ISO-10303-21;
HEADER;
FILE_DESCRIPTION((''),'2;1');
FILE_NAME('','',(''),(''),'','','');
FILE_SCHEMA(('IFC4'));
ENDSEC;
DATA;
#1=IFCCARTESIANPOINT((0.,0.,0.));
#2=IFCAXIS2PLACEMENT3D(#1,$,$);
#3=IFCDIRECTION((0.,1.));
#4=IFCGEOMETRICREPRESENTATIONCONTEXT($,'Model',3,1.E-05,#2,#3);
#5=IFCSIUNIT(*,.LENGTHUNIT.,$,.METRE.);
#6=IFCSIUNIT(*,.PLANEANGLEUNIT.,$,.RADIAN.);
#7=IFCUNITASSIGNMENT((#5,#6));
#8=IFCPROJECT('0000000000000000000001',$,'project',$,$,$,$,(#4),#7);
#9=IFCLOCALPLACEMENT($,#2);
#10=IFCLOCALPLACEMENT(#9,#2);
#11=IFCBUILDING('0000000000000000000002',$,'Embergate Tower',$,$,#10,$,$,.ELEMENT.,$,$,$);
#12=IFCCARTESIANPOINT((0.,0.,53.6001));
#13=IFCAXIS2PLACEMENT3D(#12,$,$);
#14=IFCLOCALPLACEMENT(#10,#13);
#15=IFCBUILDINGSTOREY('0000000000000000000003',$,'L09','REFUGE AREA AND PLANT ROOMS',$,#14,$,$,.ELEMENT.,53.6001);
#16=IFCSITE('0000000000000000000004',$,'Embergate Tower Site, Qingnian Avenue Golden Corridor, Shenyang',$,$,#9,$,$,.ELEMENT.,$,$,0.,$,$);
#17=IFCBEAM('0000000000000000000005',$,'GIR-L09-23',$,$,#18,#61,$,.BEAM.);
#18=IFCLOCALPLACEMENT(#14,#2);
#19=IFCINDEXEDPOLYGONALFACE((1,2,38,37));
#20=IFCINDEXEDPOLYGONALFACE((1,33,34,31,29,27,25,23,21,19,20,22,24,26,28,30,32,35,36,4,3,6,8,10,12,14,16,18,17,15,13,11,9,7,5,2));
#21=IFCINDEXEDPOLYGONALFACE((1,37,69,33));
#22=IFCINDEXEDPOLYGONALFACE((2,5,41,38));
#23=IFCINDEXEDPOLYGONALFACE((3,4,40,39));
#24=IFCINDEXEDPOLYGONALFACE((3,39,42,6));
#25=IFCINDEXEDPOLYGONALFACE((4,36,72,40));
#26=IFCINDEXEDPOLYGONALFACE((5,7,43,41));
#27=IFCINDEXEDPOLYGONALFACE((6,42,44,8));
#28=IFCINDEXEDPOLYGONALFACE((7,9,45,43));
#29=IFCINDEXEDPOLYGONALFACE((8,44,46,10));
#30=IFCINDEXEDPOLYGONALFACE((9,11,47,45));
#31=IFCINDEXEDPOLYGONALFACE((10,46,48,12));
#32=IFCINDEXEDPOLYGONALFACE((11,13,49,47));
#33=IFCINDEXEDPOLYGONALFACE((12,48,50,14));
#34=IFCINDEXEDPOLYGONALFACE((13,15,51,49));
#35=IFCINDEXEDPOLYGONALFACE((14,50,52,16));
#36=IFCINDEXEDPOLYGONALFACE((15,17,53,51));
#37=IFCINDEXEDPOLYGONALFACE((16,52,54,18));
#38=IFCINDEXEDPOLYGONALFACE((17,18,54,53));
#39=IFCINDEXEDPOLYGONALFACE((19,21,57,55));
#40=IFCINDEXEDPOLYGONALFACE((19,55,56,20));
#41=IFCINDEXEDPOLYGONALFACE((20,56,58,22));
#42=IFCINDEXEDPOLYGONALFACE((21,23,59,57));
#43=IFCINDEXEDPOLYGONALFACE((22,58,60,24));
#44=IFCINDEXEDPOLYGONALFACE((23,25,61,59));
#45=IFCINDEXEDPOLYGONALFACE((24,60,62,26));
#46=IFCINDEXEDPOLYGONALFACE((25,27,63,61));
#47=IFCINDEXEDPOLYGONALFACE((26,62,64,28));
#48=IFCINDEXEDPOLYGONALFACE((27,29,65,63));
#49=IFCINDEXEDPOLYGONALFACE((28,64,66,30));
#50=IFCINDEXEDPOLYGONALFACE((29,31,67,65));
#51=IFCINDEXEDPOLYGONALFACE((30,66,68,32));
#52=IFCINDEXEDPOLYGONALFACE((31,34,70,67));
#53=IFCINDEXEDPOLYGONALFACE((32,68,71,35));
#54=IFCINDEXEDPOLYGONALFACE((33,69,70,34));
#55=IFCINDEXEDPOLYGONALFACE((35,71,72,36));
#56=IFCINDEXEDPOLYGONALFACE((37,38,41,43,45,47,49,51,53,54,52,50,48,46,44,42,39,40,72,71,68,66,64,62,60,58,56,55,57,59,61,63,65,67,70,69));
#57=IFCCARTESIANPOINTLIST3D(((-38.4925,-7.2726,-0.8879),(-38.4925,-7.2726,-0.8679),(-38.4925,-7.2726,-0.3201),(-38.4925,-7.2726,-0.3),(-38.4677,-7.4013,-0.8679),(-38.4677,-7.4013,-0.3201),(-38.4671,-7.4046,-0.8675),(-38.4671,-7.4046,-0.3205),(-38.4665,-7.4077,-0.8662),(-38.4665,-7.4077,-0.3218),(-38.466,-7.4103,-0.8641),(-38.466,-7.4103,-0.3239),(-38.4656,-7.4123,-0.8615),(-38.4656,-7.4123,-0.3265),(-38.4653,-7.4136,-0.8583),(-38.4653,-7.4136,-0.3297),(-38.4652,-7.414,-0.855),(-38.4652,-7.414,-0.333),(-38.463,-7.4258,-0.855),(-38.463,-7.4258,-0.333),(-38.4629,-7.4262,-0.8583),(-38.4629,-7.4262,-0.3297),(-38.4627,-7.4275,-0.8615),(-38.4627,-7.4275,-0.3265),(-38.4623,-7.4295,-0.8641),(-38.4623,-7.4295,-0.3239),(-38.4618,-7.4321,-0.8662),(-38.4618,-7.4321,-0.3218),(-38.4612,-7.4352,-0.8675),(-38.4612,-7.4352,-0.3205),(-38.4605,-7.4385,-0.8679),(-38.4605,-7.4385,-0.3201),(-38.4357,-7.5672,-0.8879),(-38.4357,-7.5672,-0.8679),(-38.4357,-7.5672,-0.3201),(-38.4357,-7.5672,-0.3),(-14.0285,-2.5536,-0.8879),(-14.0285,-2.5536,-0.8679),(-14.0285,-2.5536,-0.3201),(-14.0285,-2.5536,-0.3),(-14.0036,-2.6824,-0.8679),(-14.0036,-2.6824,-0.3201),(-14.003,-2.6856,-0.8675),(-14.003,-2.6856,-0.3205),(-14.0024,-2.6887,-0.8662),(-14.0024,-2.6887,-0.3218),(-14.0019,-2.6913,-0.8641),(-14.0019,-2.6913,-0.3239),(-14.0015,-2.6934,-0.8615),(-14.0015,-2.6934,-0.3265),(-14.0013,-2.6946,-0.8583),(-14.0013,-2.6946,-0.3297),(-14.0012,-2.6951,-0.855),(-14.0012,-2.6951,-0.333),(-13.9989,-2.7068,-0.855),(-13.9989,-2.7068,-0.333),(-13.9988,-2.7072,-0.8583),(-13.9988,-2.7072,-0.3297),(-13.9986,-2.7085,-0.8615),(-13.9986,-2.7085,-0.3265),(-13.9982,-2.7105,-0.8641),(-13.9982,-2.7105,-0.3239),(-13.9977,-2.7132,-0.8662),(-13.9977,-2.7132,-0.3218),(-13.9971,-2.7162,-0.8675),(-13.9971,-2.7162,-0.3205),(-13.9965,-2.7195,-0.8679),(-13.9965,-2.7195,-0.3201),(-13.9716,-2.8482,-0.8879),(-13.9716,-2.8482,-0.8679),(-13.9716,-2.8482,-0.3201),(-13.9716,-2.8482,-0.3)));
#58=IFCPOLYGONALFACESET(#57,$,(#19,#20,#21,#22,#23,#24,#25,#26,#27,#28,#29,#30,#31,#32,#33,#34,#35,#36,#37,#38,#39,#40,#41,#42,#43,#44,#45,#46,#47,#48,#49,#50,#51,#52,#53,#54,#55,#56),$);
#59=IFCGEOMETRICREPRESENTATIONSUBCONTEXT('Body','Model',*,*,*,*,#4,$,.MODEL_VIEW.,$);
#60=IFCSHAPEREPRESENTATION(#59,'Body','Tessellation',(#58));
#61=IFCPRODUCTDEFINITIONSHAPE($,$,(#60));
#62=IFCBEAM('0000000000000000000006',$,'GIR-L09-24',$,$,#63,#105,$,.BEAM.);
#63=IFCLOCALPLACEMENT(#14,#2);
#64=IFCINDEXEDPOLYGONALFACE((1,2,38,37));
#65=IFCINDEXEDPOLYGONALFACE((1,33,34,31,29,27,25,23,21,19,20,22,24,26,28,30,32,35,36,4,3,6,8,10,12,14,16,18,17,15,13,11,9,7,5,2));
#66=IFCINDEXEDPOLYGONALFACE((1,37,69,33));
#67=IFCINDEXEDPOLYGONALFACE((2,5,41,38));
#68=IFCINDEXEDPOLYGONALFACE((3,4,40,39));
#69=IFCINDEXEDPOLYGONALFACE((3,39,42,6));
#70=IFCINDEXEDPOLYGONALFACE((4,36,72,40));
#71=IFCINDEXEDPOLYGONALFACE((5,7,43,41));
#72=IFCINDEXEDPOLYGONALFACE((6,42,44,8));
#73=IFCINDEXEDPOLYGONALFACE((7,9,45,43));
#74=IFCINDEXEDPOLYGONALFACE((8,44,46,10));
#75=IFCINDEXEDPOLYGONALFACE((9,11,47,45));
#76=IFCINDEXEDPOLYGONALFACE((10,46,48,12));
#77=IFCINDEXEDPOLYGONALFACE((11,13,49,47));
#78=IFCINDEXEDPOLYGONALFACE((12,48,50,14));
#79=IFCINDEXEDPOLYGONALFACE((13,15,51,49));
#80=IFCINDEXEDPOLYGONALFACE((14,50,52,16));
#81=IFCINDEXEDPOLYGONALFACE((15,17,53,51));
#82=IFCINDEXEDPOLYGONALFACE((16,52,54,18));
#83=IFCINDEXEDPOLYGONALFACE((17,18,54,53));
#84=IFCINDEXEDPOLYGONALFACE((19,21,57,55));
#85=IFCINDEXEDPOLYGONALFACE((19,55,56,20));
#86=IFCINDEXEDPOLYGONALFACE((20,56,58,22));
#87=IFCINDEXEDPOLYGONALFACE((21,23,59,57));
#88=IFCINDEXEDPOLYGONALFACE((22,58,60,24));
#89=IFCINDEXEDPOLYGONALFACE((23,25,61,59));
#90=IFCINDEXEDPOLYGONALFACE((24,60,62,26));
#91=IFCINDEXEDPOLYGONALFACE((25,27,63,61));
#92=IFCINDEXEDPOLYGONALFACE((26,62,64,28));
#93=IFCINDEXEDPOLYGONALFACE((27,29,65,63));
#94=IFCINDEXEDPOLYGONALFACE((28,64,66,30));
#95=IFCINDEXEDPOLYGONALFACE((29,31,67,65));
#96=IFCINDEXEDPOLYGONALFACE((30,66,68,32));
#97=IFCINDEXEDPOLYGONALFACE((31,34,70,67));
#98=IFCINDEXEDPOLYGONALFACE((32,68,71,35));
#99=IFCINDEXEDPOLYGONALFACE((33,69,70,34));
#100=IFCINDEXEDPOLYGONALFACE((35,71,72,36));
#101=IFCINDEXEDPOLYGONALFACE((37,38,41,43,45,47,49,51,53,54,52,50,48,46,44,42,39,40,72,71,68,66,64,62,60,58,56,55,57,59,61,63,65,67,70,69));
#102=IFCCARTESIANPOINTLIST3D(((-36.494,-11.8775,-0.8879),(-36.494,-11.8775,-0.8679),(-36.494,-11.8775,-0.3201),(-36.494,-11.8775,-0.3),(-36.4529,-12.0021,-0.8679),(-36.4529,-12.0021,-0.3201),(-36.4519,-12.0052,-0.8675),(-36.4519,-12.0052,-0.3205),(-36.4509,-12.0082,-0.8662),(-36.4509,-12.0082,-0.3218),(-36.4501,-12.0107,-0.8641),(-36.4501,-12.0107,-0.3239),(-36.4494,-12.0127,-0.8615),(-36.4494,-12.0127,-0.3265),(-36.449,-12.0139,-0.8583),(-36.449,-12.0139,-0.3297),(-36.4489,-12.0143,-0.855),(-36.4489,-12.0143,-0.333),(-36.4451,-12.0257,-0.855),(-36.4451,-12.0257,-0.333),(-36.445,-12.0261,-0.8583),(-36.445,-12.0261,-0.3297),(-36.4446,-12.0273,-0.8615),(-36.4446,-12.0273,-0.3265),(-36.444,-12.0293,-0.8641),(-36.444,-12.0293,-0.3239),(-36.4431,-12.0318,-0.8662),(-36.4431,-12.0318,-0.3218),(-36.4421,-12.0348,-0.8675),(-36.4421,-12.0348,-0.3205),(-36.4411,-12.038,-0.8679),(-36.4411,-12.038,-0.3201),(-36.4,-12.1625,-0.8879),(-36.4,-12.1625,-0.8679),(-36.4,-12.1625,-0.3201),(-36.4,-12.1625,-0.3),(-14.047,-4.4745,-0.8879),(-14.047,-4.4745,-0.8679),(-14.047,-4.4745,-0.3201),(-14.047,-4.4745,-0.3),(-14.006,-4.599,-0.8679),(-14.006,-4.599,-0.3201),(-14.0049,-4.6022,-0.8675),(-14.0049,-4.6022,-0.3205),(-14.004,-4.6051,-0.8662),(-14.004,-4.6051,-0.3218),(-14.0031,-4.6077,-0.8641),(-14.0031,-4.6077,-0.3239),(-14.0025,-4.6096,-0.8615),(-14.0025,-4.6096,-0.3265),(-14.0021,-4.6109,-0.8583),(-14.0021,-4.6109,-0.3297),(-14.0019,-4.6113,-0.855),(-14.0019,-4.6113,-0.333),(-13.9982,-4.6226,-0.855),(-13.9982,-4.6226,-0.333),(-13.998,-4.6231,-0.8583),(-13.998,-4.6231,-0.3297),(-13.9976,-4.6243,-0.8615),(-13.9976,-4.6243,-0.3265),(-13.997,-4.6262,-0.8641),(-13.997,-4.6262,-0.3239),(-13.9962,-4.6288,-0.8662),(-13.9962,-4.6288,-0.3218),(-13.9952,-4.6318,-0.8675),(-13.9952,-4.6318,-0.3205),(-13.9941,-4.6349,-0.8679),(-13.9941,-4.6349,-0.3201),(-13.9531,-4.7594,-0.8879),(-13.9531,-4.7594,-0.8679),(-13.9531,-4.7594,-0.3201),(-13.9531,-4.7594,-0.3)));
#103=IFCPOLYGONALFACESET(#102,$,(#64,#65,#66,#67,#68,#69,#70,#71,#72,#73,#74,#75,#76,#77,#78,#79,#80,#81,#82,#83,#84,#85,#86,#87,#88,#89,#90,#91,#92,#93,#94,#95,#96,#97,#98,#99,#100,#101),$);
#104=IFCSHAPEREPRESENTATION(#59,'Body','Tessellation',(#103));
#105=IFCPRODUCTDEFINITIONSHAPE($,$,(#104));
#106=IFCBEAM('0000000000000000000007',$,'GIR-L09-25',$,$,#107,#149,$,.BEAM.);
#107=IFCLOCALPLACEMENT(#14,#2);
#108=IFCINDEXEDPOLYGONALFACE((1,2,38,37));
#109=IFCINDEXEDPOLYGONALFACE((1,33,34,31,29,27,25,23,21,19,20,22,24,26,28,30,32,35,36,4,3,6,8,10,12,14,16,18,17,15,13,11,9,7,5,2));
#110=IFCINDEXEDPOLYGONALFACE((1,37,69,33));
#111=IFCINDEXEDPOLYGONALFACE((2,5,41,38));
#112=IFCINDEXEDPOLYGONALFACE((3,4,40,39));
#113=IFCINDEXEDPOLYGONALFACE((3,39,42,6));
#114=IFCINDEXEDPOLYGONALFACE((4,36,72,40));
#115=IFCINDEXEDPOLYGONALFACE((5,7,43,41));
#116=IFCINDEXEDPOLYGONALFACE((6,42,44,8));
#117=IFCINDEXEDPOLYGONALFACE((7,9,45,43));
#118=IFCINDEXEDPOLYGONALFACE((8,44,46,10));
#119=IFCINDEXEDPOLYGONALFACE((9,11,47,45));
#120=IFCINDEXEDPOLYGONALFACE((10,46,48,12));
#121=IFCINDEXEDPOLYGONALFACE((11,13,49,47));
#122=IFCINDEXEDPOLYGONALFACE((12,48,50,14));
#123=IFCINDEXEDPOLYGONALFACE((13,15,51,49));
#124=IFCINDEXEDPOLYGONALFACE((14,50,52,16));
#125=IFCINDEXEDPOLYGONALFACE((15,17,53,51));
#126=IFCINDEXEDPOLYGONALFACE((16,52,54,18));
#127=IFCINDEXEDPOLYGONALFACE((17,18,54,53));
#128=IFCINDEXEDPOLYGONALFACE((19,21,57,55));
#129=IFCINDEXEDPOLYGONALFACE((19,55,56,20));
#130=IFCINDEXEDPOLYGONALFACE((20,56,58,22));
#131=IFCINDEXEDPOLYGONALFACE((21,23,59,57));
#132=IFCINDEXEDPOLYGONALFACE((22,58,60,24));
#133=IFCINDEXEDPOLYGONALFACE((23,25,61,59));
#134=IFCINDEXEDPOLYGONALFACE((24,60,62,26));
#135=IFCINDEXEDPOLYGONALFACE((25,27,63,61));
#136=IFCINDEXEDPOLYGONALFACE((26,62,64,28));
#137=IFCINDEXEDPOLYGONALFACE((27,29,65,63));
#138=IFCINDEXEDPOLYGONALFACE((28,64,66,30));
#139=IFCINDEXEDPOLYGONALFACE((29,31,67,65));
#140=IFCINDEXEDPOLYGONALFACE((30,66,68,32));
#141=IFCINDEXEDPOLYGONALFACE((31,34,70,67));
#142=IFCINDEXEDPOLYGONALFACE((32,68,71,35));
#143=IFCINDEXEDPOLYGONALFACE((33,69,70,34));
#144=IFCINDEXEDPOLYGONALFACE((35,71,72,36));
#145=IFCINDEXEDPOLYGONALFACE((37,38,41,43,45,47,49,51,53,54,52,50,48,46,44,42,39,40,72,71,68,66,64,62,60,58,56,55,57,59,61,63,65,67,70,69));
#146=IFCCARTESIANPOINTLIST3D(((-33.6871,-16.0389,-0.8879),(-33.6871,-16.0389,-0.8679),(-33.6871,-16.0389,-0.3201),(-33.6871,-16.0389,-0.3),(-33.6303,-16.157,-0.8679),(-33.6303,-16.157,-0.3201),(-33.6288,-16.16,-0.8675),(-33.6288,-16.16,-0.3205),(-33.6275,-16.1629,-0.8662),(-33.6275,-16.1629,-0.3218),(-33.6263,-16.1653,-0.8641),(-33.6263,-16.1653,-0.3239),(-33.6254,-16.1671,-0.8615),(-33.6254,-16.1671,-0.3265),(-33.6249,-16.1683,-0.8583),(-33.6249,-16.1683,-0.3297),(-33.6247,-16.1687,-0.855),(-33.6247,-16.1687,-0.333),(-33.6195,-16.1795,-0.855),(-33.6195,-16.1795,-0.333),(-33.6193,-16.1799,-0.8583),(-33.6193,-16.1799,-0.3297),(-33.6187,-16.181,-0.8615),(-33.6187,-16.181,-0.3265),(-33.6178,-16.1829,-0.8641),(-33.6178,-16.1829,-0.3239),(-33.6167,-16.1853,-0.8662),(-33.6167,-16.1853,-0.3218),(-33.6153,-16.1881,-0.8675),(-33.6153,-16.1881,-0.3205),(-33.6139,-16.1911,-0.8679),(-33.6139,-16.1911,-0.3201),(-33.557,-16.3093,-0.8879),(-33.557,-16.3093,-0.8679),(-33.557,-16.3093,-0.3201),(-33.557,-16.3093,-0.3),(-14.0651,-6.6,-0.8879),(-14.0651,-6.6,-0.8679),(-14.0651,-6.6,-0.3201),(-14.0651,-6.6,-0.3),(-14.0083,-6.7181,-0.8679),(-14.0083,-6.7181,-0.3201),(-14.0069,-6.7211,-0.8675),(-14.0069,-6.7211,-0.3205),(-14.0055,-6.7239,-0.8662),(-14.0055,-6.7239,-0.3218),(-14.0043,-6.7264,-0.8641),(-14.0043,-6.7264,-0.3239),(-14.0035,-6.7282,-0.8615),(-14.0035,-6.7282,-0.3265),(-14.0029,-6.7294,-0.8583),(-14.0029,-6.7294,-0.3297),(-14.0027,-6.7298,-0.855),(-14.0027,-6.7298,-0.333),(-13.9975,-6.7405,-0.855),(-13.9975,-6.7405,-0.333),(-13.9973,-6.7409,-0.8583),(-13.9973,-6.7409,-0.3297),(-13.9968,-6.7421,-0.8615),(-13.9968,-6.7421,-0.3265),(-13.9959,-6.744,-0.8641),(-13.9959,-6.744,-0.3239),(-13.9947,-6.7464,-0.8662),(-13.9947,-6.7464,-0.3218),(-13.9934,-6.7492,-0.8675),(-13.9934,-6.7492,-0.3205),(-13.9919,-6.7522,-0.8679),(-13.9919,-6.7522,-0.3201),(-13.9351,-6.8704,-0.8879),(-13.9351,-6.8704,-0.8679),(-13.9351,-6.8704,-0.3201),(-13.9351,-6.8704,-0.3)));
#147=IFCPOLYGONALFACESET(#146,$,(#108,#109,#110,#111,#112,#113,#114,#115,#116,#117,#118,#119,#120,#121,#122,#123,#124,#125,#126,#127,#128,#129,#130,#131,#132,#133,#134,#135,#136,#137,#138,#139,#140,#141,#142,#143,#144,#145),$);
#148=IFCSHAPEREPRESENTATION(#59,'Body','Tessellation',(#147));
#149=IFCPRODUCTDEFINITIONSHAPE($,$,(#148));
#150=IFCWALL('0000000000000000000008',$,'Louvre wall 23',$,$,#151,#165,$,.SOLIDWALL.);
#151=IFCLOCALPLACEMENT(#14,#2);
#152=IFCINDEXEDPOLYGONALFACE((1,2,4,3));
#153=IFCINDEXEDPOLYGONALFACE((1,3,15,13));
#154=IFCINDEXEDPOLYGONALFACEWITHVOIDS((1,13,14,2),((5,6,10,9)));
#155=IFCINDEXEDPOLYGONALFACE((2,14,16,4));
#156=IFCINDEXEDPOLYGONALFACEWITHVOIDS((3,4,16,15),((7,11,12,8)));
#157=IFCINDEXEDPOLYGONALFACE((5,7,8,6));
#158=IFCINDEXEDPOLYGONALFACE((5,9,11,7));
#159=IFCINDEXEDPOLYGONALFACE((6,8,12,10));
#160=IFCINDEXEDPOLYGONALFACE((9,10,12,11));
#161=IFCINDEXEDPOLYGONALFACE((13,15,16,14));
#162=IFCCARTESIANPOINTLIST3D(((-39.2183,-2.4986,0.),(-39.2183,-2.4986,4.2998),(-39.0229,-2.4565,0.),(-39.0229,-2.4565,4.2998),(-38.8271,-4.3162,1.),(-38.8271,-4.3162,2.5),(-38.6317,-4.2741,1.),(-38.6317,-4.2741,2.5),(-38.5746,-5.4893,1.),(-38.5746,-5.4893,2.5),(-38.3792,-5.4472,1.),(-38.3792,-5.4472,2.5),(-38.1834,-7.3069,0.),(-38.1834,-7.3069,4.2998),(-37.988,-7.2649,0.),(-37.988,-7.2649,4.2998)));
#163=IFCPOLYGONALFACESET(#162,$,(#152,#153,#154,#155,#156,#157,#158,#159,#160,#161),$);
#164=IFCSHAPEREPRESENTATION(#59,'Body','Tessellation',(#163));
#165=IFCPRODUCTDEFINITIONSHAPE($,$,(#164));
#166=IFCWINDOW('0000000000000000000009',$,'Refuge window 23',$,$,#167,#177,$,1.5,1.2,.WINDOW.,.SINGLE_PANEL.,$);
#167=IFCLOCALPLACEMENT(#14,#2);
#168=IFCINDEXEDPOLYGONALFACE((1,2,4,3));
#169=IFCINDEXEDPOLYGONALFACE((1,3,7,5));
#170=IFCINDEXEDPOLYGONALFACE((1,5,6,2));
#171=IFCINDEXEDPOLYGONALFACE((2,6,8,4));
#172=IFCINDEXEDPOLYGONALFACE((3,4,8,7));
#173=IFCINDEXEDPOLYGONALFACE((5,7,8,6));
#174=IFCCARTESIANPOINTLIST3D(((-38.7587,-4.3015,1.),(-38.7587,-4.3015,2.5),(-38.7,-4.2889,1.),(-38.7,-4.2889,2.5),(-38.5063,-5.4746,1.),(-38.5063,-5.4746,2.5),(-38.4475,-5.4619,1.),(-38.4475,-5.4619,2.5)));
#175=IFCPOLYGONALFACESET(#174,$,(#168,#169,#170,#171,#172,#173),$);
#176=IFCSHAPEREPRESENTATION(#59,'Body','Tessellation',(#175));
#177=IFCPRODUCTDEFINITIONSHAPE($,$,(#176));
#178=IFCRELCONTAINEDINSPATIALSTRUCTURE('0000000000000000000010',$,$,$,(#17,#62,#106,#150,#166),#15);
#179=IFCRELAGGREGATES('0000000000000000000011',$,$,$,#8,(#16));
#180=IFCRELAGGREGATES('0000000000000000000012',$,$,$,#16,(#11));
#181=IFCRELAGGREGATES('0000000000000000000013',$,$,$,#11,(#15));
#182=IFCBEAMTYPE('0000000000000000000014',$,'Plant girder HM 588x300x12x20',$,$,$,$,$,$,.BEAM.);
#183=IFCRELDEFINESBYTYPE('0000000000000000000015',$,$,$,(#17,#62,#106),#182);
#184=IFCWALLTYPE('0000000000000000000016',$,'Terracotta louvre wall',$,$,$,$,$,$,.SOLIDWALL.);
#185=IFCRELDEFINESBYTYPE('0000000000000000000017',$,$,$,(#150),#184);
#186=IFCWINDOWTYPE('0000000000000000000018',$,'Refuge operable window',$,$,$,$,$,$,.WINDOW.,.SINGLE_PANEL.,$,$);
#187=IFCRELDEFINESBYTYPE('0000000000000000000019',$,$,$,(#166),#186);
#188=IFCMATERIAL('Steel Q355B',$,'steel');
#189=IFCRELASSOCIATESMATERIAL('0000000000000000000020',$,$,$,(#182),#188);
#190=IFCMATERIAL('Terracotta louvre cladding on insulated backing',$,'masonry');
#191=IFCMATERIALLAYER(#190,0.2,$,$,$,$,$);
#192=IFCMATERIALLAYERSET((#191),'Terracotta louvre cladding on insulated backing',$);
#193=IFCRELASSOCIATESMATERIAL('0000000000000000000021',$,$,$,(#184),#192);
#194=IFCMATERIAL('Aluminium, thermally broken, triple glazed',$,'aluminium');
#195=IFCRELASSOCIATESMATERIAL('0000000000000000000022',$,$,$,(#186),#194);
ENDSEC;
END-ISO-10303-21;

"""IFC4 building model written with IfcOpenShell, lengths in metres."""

from ifc_helpers import new_model, si_unit, direction, frame, frame_2d, origin, origin_2d, place, context, subcontext, project, spatial, rectangle, i_section, extrude, source, transform, mapped, material, layer, layer_set, material_profile, profile_set, type_object, element, fill, save


model = new_model("IFC4")

# Units and contexts
model_context = context("Model", 3, precision=1e-05, world=origin(), true_north=direction((0.0, 1.0)))
body_context = subcontext(model_context, "Body", "Model", "MODEL_VIEW")
ifc_project = project(units=[si_unit("LENGTHUNIT", "METRE"), si_unit("PLANEANGLEUNIT", "RADIAN")], contexts=[model_context])

# Site, building, storey
site_placement = place(None, origin())
site = spatial("IfcSite", under=ifc_project, at=site_placement, Name="Embergate Tower Site, Qingnian Avenue Golden Corridor, Shenyang", CompositionType="ELEMENT", RefElevation=0.0)
building_placement = place(site_placement, origin())
building = spatial("IfcBuilding", under=site, at=building_placement, Name="Embergate Tower", CompositionType="ELEMENT")
storey_placement = place(building_placement, frame((0.0, 0.0, 53.6001)))
storey = spatial("IfcBuildingStorey", under=building, at=storey_placement, Name="L09", Description="REFUGE AREA AND PLANT ROOMS", CompositionType="ELEMENT", Elevation=53.6001)

# Beams
ifc_material_1 = material(Name="Steel Q355B", Category="steel")
ifc_material_profile_1 = material_profile(ifc_material_1, i_section(OverallWidth=0.3, OverallDepth=0.5879, WebThickness=0.012, FlangeThickness=0.02, FilletRadius=0.0129, at=origin_2d()), Name="HM 588x300x12x20")
ifc_profile_set_1 = profile_set([ifc_material_profile_1], Name="Steel Q355 grade B")
beam_type_1 = type_object("IfcBeamType", Name="Plant girder HM 588x300x12x20", PredefinedType="BEAM", material=ifc_profile_set_1)
shared_shape_1 = source(origin(), body_context, "Body", "SweptSolid", [
    extrude(i_section(OverallWidth=0.3, OverallDepth=0.5879, WebThickness=0.012, FlangeThickness=0.02, FilletRadius=0.0129, at=origin_2d()), origin(), (0.0, 0.0, 1.0), 24.915),
])
beam_1_placement = place(storey_placement, frame((-38.4641, -7.4199, -0.594), z_axis=(0.981899, 0.189403, 0.0), x_axis=(-0.189403, 0.981899, 0.0)))
element("IfcBeam", 1, at=beam_1_placement, inside=storey, type_object=beam_type_1, Name="GIR-L09-23", PredefinedType="BEAM", context=body_context, shape_type="MappedRepresentation", body=[
    mapped(shared_shape_1, transform((0.0, 0.0, 0.0))),
])
shared_shape_2 = source(origin(), body_context, "Body", "SweptSolid", [
    extrude(i_section(OverallWidth=0.3, OverallDepth=0.5879, WebThickness=0.012, FlangeThickness=0.02, FilletRadius=0.0129, at=origin_2d()), origin(), (0.0, 0.0, 1.0), 23.6362),
])
beam_2_placement = place(storey_placement, frame((-36.447, -12.02, -0.594), z_axis=(0.949685, 0.313208, 0.0), x_axis=(-0.313208, 0.949685, 0.0)))
element("IfcBeam", 2, at=beam_2_placement, inside=storey, type_object=beam_type_1, Name="GIR-L09-24", PredefinedType="BEAM", context=body_context, shape_type="MappedRepresentation", body=[
    mapped(shared_shape_2, transform((0.0, 0.0, 0.0))),
])
shared_shape_3 = source(origin(), body_context, "Body", "SweptSolid", [
    extrude(i_section(OverallWidth=0.3, OverallDepth=0.5879, WebThickness=0.012, FlangeThickness=0.02, FilletRadius=0.0129, at=origin_2d()), origin(), (0.0, 0.0, 1.0), 21.7742),
])
beam_3_placement = place(storey_placement, frame((-33.6221, -16.1741, -0.594), z_axis=(0.901158, 0.433491, 0.0), x_axis=(-0.433491, 0.901158, 0.0)))
element("IfcBeam", 3, at=beam_3_placement, inside=storey, type_object=beam_type_1, Name="GIR-L09-25", PredefinedType="BEAM", context=body_context, shape_type="MappedRepresentation", body=[
    mapped(shared_shape_3, transform((0.0, 0.0, 0.0))),
])

# Wall, opening, window
ifc_material_2 = material(Name="Terracotta louvre cladding on insulated backing", Category="masonry")
ifc_layer_1 = layer(ifc_material_2, 0.2)
ifc_layer_set_1 = layer_set([ifc_layer_1], Name="Terracotta louvre cladding on insulated backing")
wall_type_1 = type_object("IfcWallType", Name="Terracotta louvre wall", PredefinedType="SOLIDWALL", material=ifc_layer_set_1)
shared_shape_4 = source(origin(), body_context, "Body", "SweptSolid", [
    extrude(rectangle(XDim=4.9185, YDim=0.2, at=frame_2d((2.4592, 0.0))), origin(), (0.0, 0.0, 1.0), 4.2998),
])
wall_1_placement = place(storey_placement, frame((-38.0857, -7.2859, 0.0), z_axis=(0.0, 0.0, 1.0), x_axis=(-0.210414, 0.977612, 0.0)))
wall_1 = element("IfcWall", 4, at=wall_1_placement, inside=storey, type_object=wall_type_1, Name="Louvre wall 23", PredefinedType="SOLIDWALL", context=body_context, shape_type="MappedRepresentation", body=[
    mapped(shared_shape_4, transform((0.0, 0.0, 0.0))),
])
shared_shape_5 = source(origin(), body_context, "Body", "SweptSolid", [
    extrude(rectangle(XDim=1.2, YDim=1.5, at=frame_2d((0.6001, 0.75))), frame((0.0, 0.1099, 0.0), z_axis=(0.0, -1.0, 0.0), x_axis=(1.0, 0.0, 0.0)), (0.0, 0.0, 1.0), 0.22),
])
opening_1_placement = place(wall_1_placement, frame((1.8591, 0.0, 1.0)))
opening_1 = element("IfcOpeningElement", 5, at=opening_1_placement, cuts=wall_1, PredefinedType="OPENING", context=body_context, shape_type="MappedRepresentation", body=[
    mapped(shared_shape_5, transform((0.0, 0.0, 0.0))),
])
ifc_material_3 = material(Name="Aluminium, thermally broken, triple glazed", Category="aluminium")
window_type = type_object("IfcWindowType", Name="Refuge operable window", PartitioningType="SINGLE_PANEL", PredefinedType="WINDOW", material=ifc_material_3)
shared_shape_6 = source(origin(), body_context, "Body", "SweptSolid", [
    extrude(rectangle(XDim=1.2, YDim=1.5, at=frame_2d((0.6001, 0.75))), frame((0.0, 0.03, 0.0), z_axis=(0.0, -1.0, 0.0), x_axis=(1.0, 0.0, 0.0)), (0.0, 0.0, 1.0), 0.0601),
])
window_1_placement = place(opening_1_placement, origin())
window_1 = element("IfcWindow", 6, at=window_1_placement, inside=storey, type_object=window_type, Name="Refuge window 23", OverallHeight=1.5, OverallWidth=1.2, PartitioningType="SINGLE_PANEL", PredefinedType="WINDOW", context=body_context, shape_type="MappedRepresentation", body=[
    mapped(shared_shape_6, transform((0.0, 0.0, 0.0))),
])
fill(opening_1, window_1)

save(model, "model.ifc")
